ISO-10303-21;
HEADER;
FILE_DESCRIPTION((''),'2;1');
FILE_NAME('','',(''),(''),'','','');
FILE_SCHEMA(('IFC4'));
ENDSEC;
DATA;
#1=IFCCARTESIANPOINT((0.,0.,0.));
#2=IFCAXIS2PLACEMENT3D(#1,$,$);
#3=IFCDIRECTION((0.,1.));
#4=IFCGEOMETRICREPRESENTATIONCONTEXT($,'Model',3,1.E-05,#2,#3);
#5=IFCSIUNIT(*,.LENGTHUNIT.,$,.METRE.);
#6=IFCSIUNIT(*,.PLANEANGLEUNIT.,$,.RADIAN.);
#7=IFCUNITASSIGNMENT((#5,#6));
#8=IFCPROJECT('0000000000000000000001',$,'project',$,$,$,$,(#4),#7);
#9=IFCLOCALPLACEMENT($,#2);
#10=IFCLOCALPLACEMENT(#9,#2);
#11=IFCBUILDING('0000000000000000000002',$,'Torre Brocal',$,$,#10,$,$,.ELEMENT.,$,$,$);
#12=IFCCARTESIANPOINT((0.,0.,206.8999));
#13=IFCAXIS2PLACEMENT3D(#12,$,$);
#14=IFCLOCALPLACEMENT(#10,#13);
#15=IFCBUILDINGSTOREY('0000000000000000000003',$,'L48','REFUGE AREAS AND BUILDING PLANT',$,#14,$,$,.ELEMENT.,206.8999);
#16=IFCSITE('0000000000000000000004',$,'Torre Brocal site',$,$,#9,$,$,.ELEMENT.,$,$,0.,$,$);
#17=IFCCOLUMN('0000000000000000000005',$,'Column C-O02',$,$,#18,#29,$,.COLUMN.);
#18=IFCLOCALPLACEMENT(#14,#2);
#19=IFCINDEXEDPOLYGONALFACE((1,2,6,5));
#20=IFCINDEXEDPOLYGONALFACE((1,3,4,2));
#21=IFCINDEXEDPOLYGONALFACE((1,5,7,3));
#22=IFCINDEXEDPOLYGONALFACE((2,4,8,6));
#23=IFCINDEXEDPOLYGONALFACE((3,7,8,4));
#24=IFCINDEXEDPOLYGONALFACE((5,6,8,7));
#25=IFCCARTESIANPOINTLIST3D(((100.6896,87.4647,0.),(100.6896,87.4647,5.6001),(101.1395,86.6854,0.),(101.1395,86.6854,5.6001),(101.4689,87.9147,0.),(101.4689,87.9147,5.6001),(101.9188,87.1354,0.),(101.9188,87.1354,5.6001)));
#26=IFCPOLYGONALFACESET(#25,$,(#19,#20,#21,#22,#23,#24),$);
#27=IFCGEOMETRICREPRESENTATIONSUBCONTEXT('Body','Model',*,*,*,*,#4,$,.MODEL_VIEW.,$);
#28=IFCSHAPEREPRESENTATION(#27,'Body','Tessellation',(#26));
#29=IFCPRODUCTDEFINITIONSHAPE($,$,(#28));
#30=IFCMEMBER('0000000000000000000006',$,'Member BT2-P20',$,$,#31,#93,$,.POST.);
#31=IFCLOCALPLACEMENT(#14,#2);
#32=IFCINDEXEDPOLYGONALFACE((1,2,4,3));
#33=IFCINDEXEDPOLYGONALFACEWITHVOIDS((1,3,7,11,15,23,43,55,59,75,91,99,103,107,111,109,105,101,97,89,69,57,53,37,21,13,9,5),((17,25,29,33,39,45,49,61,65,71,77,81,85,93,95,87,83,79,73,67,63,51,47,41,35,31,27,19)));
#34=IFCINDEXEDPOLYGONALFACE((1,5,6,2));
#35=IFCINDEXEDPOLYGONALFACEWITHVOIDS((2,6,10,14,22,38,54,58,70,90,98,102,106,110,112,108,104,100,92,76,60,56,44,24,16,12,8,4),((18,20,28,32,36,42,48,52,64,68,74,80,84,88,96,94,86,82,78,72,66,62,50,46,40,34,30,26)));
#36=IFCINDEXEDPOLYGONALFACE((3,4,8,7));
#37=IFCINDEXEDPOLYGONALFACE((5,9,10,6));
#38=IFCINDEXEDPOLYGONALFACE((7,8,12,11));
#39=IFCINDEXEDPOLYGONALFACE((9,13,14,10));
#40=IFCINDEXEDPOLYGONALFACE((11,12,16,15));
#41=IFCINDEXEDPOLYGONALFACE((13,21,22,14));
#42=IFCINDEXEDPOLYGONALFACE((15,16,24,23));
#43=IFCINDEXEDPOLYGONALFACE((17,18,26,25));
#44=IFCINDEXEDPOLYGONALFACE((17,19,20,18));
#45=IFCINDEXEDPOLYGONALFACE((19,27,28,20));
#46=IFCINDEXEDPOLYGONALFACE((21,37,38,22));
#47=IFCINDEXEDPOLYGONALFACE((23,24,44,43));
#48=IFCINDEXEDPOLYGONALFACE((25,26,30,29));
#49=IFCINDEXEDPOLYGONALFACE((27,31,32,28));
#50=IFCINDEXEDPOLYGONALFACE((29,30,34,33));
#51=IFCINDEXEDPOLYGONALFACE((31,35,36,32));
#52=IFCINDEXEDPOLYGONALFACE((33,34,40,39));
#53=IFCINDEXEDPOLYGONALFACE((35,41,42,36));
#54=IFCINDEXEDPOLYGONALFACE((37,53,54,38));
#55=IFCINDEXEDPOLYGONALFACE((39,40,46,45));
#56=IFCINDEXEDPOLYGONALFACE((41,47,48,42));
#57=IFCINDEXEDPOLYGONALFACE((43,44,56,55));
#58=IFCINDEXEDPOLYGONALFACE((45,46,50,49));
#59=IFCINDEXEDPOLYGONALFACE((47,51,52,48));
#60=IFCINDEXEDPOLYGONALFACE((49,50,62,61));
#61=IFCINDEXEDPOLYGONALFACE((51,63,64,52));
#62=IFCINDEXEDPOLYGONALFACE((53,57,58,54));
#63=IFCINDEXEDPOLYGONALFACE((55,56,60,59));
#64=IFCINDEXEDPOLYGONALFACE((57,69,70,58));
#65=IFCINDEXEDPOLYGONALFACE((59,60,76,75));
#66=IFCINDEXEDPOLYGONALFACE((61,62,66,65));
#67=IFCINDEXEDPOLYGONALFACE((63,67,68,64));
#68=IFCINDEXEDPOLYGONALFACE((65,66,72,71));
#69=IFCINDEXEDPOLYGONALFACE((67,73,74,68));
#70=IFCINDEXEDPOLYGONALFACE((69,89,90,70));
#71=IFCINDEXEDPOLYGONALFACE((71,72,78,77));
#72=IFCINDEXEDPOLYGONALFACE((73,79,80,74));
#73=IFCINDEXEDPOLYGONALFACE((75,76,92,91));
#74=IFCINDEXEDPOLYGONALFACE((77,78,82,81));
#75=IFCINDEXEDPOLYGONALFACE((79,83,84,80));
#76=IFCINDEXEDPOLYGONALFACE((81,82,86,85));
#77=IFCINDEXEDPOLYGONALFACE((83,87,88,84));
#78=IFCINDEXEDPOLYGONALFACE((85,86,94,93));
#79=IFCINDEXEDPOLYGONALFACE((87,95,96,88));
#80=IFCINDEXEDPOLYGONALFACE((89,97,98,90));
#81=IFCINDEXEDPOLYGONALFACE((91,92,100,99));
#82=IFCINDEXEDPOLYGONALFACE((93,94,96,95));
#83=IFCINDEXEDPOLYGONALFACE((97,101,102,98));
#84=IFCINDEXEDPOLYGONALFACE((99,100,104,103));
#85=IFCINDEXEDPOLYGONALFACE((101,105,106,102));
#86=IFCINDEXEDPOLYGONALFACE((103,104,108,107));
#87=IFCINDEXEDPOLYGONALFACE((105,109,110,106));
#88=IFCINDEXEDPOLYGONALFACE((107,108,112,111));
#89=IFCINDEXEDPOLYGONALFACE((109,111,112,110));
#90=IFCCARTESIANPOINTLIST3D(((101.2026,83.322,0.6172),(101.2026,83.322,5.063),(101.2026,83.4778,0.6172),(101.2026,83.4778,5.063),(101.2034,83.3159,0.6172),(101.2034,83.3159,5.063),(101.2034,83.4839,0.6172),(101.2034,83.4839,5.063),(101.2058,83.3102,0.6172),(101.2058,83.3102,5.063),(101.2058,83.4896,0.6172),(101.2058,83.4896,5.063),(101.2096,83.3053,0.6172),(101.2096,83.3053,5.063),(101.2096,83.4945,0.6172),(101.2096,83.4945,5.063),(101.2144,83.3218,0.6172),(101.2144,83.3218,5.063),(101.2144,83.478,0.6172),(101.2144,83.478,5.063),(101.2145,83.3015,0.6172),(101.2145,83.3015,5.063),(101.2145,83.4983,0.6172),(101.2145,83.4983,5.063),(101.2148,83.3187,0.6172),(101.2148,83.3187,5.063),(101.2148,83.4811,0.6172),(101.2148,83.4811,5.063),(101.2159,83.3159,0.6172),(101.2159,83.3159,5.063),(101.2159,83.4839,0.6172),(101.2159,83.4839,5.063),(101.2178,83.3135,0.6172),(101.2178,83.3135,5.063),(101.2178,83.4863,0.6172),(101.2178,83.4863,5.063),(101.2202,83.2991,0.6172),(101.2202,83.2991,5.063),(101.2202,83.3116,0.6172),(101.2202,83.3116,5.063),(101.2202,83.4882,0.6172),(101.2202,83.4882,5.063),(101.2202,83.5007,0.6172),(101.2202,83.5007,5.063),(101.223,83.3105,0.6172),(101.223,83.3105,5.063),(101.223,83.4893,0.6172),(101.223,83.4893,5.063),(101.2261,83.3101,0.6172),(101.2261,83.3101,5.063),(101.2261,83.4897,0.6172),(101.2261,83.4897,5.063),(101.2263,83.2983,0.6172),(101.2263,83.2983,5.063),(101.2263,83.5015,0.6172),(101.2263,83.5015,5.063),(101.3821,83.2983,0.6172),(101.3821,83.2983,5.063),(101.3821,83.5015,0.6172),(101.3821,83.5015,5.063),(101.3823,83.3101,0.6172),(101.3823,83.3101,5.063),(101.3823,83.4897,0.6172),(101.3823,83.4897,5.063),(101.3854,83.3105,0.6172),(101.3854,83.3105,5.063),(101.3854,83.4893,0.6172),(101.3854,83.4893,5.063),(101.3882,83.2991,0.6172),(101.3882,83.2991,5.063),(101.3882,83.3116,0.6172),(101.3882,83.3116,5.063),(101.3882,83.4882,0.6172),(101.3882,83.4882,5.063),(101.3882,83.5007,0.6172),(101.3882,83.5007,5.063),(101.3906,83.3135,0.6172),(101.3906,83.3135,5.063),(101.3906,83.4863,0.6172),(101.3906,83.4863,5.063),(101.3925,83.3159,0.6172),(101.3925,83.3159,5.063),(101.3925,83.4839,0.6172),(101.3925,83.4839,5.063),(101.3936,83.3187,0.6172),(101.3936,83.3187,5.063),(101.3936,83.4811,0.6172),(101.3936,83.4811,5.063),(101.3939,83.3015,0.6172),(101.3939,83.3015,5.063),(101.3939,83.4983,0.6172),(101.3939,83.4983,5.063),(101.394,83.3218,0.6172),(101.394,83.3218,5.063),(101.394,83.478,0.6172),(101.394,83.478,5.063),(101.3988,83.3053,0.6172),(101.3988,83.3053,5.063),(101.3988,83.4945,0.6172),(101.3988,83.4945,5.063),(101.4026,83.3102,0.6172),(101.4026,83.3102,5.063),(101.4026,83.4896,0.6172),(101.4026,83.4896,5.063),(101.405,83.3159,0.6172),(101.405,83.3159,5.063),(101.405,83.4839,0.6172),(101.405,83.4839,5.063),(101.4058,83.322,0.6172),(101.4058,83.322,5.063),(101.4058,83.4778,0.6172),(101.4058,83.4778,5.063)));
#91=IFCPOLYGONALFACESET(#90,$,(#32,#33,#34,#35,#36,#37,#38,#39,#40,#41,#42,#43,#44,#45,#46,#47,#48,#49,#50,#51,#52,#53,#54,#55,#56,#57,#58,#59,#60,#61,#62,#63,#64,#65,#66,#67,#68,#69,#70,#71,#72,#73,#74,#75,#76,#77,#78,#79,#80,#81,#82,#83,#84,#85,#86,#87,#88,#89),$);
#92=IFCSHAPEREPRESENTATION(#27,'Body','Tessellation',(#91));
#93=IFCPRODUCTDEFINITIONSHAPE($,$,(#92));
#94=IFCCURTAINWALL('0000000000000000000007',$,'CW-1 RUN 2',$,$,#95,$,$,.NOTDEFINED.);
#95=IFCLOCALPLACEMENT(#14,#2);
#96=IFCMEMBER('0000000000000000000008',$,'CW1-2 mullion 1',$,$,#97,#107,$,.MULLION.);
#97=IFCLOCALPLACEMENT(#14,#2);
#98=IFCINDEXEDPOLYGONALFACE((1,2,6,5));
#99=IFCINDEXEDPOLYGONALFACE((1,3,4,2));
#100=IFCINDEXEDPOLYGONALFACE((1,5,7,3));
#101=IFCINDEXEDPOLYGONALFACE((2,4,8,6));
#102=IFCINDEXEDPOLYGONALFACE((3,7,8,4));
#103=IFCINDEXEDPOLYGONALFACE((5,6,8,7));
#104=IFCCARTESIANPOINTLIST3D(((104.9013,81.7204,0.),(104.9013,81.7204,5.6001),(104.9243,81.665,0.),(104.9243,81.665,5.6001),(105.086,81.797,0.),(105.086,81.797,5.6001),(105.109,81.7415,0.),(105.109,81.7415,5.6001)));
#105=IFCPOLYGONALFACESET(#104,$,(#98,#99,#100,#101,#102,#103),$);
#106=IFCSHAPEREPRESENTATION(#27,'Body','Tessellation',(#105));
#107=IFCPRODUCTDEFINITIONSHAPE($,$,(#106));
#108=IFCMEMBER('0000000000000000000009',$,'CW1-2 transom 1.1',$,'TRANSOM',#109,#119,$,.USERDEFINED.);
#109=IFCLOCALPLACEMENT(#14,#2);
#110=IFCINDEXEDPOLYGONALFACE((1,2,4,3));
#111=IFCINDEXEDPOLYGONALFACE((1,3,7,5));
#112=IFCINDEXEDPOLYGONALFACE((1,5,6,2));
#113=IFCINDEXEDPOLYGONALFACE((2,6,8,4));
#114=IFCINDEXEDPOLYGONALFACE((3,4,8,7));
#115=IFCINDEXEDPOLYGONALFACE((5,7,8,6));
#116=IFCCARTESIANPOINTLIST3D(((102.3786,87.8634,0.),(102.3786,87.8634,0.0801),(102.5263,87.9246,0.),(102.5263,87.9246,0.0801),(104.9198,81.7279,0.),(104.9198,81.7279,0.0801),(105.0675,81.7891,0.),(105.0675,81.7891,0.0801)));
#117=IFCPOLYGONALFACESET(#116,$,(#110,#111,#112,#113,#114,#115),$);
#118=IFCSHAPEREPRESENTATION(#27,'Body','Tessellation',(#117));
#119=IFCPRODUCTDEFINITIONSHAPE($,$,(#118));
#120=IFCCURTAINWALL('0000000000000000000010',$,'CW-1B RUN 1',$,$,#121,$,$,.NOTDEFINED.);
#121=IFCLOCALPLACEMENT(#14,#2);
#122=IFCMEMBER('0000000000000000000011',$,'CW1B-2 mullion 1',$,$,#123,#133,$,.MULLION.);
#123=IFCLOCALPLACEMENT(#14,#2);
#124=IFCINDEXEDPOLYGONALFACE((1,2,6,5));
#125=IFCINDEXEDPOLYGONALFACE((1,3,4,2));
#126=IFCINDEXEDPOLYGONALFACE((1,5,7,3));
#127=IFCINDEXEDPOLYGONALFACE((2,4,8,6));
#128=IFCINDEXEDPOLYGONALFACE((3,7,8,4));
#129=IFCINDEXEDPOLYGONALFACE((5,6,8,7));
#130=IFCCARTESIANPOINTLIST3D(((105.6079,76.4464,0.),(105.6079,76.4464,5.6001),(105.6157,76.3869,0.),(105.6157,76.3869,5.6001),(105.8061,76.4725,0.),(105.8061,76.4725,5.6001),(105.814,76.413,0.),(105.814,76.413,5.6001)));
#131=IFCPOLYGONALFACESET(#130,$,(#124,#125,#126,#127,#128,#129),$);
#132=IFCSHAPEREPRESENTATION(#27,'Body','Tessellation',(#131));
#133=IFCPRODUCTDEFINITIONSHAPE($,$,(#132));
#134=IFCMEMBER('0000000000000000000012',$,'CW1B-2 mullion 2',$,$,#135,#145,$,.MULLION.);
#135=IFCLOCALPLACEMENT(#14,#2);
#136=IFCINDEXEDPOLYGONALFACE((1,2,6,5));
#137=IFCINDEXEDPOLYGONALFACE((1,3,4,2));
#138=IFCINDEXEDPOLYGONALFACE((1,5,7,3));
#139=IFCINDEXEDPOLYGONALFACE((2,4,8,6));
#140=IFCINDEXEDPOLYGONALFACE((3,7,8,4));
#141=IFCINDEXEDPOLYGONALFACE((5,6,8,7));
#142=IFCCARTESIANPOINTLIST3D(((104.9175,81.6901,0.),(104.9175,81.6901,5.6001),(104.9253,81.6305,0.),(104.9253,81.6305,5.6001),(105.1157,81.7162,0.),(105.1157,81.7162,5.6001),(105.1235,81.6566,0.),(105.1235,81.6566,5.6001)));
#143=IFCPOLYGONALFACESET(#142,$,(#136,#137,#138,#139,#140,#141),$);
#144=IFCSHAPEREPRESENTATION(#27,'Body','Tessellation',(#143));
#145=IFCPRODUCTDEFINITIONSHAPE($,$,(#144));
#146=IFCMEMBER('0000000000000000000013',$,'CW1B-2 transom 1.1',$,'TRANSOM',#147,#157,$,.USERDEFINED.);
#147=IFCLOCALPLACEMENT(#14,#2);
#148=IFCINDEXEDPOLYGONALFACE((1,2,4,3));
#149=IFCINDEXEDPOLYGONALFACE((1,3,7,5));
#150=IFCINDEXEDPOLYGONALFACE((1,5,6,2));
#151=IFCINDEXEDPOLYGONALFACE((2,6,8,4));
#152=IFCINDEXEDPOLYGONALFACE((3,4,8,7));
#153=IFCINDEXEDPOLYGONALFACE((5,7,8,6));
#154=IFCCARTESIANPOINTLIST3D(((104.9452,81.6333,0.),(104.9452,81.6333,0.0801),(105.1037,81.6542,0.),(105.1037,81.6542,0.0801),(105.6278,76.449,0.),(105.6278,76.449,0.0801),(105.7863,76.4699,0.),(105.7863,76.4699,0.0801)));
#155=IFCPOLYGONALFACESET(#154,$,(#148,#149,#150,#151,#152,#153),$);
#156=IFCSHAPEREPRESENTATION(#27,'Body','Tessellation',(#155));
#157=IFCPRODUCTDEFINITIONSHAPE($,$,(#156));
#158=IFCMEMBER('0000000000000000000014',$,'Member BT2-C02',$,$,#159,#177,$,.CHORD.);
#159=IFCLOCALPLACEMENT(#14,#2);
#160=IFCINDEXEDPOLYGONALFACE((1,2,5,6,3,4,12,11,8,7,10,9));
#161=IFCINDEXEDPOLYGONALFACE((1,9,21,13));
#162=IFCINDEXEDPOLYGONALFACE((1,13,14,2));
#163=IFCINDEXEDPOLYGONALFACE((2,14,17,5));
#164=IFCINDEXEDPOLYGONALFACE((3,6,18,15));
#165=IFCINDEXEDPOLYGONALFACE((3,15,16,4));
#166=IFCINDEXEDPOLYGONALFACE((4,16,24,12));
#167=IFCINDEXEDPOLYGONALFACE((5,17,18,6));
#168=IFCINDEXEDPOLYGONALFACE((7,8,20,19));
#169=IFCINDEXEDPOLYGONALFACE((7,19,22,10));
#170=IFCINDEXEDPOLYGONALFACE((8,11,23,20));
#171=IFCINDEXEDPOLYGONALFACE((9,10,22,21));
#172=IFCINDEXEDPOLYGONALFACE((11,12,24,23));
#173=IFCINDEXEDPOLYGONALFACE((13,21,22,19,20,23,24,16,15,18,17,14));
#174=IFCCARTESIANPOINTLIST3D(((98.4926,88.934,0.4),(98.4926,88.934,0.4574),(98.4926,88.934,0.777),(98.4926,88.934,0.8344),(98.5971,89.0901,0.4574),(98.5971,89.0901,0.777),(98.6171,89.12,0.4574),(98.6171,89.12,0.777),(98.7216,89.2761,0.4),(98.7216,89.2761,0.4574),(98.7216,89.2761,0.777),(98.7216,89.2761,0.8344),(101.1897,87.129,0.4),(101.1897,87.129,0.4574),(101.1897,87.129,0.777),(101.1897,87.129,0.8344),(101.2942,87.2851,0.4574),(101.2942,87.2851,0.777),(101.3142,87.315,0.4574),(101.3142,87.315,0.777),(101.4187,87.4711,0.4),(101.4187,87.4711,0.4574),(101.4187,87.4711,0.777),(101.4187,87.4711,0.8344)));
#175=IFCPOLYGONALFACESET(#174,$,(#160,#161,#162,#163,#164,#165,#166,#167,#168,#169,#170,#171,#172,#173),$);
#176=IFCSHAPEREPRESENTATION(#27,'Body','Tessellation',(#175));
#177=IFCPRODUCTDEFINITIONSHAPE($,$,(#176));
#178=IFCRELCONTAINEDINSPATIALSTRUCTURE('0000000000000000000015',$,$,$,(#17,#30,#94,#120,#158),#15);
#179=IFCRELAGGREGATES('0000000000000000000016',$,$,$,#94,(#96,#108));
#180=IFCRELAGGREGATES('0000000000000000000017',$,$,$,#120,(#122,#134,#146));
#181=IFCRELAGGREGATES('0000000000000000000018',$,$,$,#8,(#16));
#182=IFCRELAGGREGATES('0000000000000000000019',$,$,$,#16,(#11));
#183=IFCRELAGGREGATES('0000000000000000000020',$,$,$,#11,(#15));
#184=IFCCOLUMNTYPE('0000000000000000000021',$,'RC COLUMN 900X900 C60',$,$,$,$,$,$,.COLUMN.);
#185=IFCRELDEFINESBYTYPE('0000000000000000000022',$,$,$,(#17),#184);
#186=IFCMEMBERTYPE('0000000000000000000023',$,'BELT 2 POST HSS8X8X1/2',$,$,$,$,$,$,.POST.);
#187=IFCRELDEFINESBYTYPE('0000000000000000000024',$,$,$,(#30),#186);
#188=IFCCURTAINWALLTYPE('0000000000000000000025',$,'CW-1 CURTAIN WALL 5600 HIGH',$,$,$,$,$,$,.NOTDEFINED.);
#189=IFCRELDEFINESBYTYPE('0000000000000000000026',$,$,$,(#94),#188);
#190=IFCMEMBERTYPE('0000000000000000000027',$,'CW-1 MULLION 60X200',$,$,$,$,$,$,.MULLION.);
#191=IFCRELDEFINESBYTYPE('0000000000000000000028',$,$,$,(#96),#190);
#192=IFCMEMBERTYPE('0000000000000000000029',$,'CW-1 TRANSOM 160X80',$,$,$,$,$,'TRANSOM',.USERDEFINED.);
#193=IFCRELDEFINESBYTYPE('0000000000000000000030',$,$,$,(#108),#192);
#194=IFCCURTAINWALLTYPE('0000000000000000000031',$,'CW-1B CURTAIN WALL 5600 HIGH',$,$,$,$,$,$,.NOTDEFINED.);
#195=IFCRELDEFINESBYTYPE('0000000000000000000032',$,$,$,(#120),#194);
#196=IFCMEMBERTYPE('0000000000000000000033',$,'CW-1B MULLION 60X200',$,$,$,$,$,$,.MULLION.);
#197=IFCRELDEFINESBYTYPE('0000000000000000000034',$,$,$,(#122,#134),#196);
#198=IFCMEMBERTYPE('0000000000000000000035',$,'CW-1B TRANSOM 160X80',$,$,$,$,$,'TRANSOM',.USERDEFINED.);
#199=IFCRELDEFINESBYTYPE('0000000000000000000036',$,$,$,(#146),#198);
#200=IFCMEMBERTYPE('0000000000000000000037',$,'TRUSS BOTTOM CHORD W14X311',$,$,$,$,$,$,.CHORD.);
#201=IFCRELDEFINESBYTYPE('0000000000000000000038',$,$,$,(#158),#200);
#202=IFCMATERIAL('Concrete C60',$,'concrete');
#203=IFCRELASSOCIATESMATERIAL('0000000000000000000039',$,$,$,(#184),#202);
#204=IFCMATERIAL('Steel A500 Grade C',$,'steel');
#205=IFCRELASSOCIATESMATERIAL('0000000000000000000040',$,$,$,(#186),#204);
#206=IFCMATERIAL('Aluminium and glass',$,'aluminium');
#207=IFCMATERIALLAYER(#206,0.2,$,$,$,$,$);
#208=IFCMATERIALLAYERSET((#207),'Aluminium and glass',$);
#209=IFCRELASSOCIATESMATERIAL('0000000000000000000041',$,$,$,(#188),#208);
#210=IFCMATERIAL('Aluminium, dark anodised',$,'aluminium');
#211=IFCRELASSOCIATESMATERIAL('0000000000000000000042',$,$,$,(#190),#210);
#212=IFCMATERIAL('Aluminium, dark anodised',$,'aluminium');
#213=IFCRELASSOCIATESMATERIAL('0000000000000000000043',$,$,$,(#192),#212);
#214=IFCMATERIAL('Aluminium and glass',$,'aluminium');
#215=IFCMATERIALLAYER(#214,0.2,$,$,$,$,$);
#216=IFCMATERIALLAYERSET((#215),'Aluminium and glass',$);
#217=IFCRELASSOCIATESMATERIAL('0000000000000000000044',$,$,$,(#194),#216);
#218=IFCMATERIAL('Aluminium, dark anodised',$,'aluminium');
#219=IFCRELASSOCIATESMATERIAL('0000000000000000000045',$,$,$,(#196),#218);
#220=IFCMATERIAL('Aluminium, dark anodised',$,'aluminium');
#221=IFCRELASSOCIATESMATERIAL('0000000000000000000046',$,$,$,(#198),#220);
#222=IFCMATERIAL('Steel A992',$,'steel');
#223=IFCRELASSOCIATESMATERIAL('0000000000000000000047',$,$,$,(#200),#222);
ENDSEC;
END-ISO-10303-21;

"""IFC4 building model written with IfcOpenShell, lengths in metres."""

from ifc_helpers import new_model, si_unit, direction, frame, origin, origin_2d, place, context, subcontext, project, spatial, rectangle, hollow_rectangle, i_section, extrude, material, layer, layer_set, material_profile, profile_set, type_object, element, aggregate, save


model = new_model("IFC4")

# Units and contexts
model_context = context("Model", 3, precision=1e-05, world=origin(), true_north=direction((0.0, 1.0)))
body_context = subcontext(model_context, "Body", "Model", "MODEL_VIEW")
ifc_project = project(units=[si_unit("LENGTHUNIT", "METRE"), si_unit("PLANEANGLEUNIT", "RADIAN")], contexts=[model_context])

# Site, building, storey
site_placement = place(None, origin())
site = spatial("IfcSite", under=ifc_project, at=site_placement, Name="Torre Brocal site", CompositionType="ELEMENT", RefElevation=0.0)
building_placement = place(site_placement, origin())
building = spatial("IfcBuilding", under=site, at=building_placement, Name="Torre Brocal", CompositionType="ELEMENT")
storey_placement = place(building_placement, frame((0.0, 0.0, 206.8999)))
storey = spatial("IfcBuildingStorey", under=building, at=storey_placement, Name="L48", Description="REFUGE AREAS AND BUILDING PLANT", CompositionType="ELEMENT", Elevation=206.8999)

# Column
ifc_material_1 = material(Name="Concrete C60", Category="concrete")
ifc_material_profile_1 = material_profile(ifc_material_1, rectangle(XDim=0.8999, YDim=0.8999, at=origin_2d()), Name="RC 900X900")
ifc_profile_set_1 = profile_set([ifc_material_profile_1], Name="Concrete C60")
column_type = type_object("IfcColumnType", Name="RC COLUMN 900X900 C60", PredefinedType="COLUMN", material=ifc_profile_set_1)
column_placement = place(storey_placement, frame((101.3042, 87.3, 0.0), z_axis=(0.0, 0.0, 1.0), x_axis=(0.866025, 0.5, 0.0)))
element("IfcColumn", 1, at=column_placement, inside=storey, type_object=column_type, Name="Column C-O02", PredefinedType="COLUMN", context=body_context, shape_type="SweptSolid", body=[
    extrude(rectangle(XDim=0.8999, YDim=0.8999, at=origin_2d()), origin(), (0.0, 0.0, 1.0), 5.6001),
])

# Member
ifc_material_2 = material(Name="Steel A500 Grade C", Category="steel")
ifc_material_profile_2 = material_profile(ifc_material_2, hollow_rectangle(XDim=0.2031, YDim=0.2031, WallThickness=0.0117, InnerFilletRadius=0.0117, OuterFilletRadius=0.0237, at=origin_2d()), Name="HSS8X8X1/2")
ifc_profile_set_2 = profile_set([ifc_material_profile_2], Name="Steel A500 Grade C")
member_type_1 = type_object("IfcMemberType", Name="BELT 2 POST HSS8X8X1/2", PredefinedType="POST", material=ifc_profile_set_2)
member_1_placement = place(storey_placement, frame((101.3042, 83.3999, 0.6172), z_axis=(0.0, 0.0, 1.0), x_axis=(1.0, 0.0, 0.0)))
element("IfcMember", 2, at=member_1_placement, inside=storey, type_object=member_type_1, Name="Member BT2-P20", PredefinedType="POST", context=body_context, shape_type="SweptSolid", body=[
    extrude(hollow_rectangle(XDim=0.2031, YDim=0.2031, WallThickness=0.0117, InnerFilletRadius=0.0117, OuterFilletRadius=0.0237, at=origin_2d()), origin(), (0.0, 0.0, 1.0), 4.4458),
])

# Curtain walls, members
ifc_material_3 = material(Name="Aluminium and glass", Category="aluminium")
ifc_layer_1 = layer(ifc_material_3, 0.2)
ifc_layer_set_1 = layer_set([ifc_layer_1], Name="Aluminium and glass")
curtain_wall_type_1 = type_object("IfcCurtainWallType", Name="CW-1 CURTAIN WALL 5600 HIGH", PredefinedType="NOTDEFINED", material=ifc_layer_set_1)
curtain_wall_1_placement = place(storey_placement, origin())
curtain_wall_1 = element("IfcCurtainWall", 3, at=curtain_wall_1_placement, inside=storey, type_object=curtain_wall_type_1, Name="CW-1 RUN 2", PredefinedType="NOTDEFINED")
ifc_material_4 = material(Name="Aluminium, dark anodised", Category="aluminium")
ifc_material_profile_3 = material_profile(ifc_material_4, rectangle(XDim=0.2, YDim=0.0601, at=origin_2d()), Name="CW-1 MULLION 60X200")
ifc_profile_set_3 = profile_set([ifc_material_profile_3], Name="Aluminium, dark anodised")
member_type_2 = type_object("IfcMemberType", Name="CW-1 MULLION 60X200", PredefinedType="MULLION", material=ifc_profile_set_3)
member_2_placement = place(storey_placement, frame((105.0051, 81.731, 0.0), z_axis=(0.0, 0.0, 1.0), x_axis=(-0.92388, -0.382683, 0.0)))
member_2 = element("IfcMember", 4, at=member_2_placement, type_object=member_type_2, Name="CW1-2 mullion 1", PredefinedType="MULLION", context=body_context, shape_type="SweptSolid", body=[
    extrude(rectangle(XDim=0.2, YDim=0.0601, at=origin_2d()), origin(), (0.0, 0.0, 1.0), 5.6001),
])
ifc_material_5 = material(Name="Aluminium, dark anodised", Category="aluminium")
ifc_material_profile_4 = material_profile(ifc_material_5, rectangle(XDim=0.1599, YDim=0.0801, at=origin_2d()), Name="CW-1 TRANSOM 160X80")
ifc_profile_set_4 = profile_set([ifc_material_profile_4], Name="Aluminium, dark anodised")
member_type_3 = type_object("IfcMemberType", Name="CW-1 TRANSOM 160X80", ElementType="TRANSOM", PredefinedType="USERDEFINED", material=ifc_profile_set_4)
member_3_placement = place(storey_placement, frame((104.9937, 81.7585, 0.04), z_axis=(-0.382665, 0.923887, 0.0), x_axis=(-0.923887, -0.382665, 0.0)))
member_3 = element("IfcMember", 5, at=member_3_placement, type_object=member_type_3, Name="CW1-2 transom 1.1", ObjectType="TRANSOM", PredefinedType="USERDEFINED", context=body_context, shape_type="SweptSolid", body=[
    extrude(rectangle(XDim=0.1599, YDim=0.0801, at=origin_2d()), origin(), (0.0, 0.0, 1.0), 6.6409),
])
ifc_material_6 = material(Name="Aluminium and glass", Category="aluminium")
ifc_layer_2 = layer(ifc_material_6, 0.2)
ifc_layer_set_2 = layer_set([ifc_layer_2], Name="Aluminium and glass")
curtain_wall_type_2 = type_object("IfcCurtainWallType", Name="CW-1B CURTAIN WALL 5600 HIGH", PredefinedType="NOTDEFINED", material=ifc_layer_set_2)
curtain_wall_2_placement = place(storey_placement, origin())
curtain_wall_2 = element("IfcCurtainWall", 6, at=curtain_wall_2_placement, inside=storey, type_object=curtain_wall_type_2, Name="CW-1B RUN 1", PredefinedType="NOTDEFINED")
ifc_material_7 = material(Name="Aluminium, dark anodised", Category="aluminium")
ifc_material_profile_5 = material_profile(ifc_material_7, rectangle(XDim=0.2, YDim=0.0601, at=origin_2d()), Name="CW-1B MULLION 60X200")
ifc_profile_set_5 = profile_set([ifc_material_profile_5], Name="Aluminium, dark anodised")
member_type_4 = type_object("IfcMemberType", Name="CW-1B MULLION 60X200", PredefinedType="MULLION", material=ifc_profile_set_5)
member_4_placement = place(storey_placement, frame((105.7109, 76.4297, 0.0), z_axis=(0.0, 0.0, 1.0), x_axis=(-0.991445, -0.130526, 0.0)))
member_4 = element("IfcMember", 7, at=member_4_placement, type_object=member_type_4, Name="CW1B-2 mullion 1", PredefinedType="MULLION", context=body_context, shape_type="SweptSolid", body=[
    extrude(rectangle(XDim=0.2, YDim=0.0601, at=origin_2d()), origin(), (0.0, 0.0, 1.0), 5.6001),
])
member_5_placement = place(storey_placement, frame((105.0205, 81.6733, 0.0), z_axis=(0.0, 0.0, 1.0), x_axis=(-0.991445, -0.130526, 0.0)))
member_5 = element("IfcMember", 8, at=member_5_placement, type_object=member_type_4, Name="CW1B-2 mullion 2", PredefinedType="MULLION", context=body_context, shape_type="SweptSolid", body=[
    extrude(rectangle(XDim=0.2, YDim=0.0601, at=origin_2d()), origin(), (0.0, 0.0, 1.0), 5.6001),
])
ifc_material_8 = material(Name="Aluminium, dark anodised", Category="aluminium")
ifc_material_profile_6 = material_profile(ifc_material_8, rectangle(XDim=0.1599, YDim=0.0801, at=origin_2d()), Name="CW-1B TRANSOM 160X80")
ifc_profile_set_6 = profile_set([ifc_material_profile_6], Name="Aluminium, dark anodised")
member_type_5 = type_object("IfcMemberType", Name="CW-1B TRANSOM 160X80", ElementType="TRANSOM", PredefinedType="USERDEFINED", material=ifc_profile_set_6)
member_6_placement = place(storey_placement, frame((105.707, 76.4595, 0.04), z_axis=(-0.130543, 0.991443, 0.0), x_axis=(-0.991443, -0.130543, 0.0)))
member_6 = element("IfcMember", 9, at=member_6_placement, type_object=member_type_5, Name="CW1B-2 transom 1.1", ObjectType="TRANSOM", PredefinedType="USERDEFINED", context=body_context, shape_type="SweptSolid", body=[
    extrude(rectangle(XDim=0.1599, YDim=0.0801, at=origin_2d()), origin(), (0.0, 0.0, 1.0), 5.229),
])

# Member
ifc_material_9 = material(Name="Steel A992", Category="steel")
ifc_material_profile_7 = material_profile(ifc_material_9, i_section(OverallWidth=0.4116, OverallDepth=0.4343, WebThickness=0.0359, FlangeThickness=0.0574, at=origin_2d()), Name="W14X311")
ifc_profile_set_7 = profile_set([ifc_material_profile_7], Name="Steel A992")
member_type_6 = type_object("IfcMemberType", Name="TRUSS BOTTOM CHORD W14X311", PredefinedType="CHORD", material=ifc_profile_set_7)
member_7_placement = place(storey_placement, frame((101.3042, 87.3, 0.6172), z_axis=(-0.831065, 0.556175, 0.0), x_axis=(-0.556175, -0.831065, 0.0)))
element("IfcMember", 10, at=member_7_placement, inside=storey, type_object=member_type_6, Name="Member BT2-C02", PredefinedType="CHORD", context=body_context, shape_type="SweptSolid", body=[
    extrude(i_section(OverallWidth=0.4116, OverallDepth=0.4343, WebThickness=0.0359, FlangeThickness=0.0574, at=origin_2d()), origin(), (0.0, 0.0, 1.0), 3.2454),
])

aggregate(curtain_wall_1, [member_2, member_3])
aggregate(curtain_wall_2, [member_4, member_5, member_6])

save(model, "model.ifc")
